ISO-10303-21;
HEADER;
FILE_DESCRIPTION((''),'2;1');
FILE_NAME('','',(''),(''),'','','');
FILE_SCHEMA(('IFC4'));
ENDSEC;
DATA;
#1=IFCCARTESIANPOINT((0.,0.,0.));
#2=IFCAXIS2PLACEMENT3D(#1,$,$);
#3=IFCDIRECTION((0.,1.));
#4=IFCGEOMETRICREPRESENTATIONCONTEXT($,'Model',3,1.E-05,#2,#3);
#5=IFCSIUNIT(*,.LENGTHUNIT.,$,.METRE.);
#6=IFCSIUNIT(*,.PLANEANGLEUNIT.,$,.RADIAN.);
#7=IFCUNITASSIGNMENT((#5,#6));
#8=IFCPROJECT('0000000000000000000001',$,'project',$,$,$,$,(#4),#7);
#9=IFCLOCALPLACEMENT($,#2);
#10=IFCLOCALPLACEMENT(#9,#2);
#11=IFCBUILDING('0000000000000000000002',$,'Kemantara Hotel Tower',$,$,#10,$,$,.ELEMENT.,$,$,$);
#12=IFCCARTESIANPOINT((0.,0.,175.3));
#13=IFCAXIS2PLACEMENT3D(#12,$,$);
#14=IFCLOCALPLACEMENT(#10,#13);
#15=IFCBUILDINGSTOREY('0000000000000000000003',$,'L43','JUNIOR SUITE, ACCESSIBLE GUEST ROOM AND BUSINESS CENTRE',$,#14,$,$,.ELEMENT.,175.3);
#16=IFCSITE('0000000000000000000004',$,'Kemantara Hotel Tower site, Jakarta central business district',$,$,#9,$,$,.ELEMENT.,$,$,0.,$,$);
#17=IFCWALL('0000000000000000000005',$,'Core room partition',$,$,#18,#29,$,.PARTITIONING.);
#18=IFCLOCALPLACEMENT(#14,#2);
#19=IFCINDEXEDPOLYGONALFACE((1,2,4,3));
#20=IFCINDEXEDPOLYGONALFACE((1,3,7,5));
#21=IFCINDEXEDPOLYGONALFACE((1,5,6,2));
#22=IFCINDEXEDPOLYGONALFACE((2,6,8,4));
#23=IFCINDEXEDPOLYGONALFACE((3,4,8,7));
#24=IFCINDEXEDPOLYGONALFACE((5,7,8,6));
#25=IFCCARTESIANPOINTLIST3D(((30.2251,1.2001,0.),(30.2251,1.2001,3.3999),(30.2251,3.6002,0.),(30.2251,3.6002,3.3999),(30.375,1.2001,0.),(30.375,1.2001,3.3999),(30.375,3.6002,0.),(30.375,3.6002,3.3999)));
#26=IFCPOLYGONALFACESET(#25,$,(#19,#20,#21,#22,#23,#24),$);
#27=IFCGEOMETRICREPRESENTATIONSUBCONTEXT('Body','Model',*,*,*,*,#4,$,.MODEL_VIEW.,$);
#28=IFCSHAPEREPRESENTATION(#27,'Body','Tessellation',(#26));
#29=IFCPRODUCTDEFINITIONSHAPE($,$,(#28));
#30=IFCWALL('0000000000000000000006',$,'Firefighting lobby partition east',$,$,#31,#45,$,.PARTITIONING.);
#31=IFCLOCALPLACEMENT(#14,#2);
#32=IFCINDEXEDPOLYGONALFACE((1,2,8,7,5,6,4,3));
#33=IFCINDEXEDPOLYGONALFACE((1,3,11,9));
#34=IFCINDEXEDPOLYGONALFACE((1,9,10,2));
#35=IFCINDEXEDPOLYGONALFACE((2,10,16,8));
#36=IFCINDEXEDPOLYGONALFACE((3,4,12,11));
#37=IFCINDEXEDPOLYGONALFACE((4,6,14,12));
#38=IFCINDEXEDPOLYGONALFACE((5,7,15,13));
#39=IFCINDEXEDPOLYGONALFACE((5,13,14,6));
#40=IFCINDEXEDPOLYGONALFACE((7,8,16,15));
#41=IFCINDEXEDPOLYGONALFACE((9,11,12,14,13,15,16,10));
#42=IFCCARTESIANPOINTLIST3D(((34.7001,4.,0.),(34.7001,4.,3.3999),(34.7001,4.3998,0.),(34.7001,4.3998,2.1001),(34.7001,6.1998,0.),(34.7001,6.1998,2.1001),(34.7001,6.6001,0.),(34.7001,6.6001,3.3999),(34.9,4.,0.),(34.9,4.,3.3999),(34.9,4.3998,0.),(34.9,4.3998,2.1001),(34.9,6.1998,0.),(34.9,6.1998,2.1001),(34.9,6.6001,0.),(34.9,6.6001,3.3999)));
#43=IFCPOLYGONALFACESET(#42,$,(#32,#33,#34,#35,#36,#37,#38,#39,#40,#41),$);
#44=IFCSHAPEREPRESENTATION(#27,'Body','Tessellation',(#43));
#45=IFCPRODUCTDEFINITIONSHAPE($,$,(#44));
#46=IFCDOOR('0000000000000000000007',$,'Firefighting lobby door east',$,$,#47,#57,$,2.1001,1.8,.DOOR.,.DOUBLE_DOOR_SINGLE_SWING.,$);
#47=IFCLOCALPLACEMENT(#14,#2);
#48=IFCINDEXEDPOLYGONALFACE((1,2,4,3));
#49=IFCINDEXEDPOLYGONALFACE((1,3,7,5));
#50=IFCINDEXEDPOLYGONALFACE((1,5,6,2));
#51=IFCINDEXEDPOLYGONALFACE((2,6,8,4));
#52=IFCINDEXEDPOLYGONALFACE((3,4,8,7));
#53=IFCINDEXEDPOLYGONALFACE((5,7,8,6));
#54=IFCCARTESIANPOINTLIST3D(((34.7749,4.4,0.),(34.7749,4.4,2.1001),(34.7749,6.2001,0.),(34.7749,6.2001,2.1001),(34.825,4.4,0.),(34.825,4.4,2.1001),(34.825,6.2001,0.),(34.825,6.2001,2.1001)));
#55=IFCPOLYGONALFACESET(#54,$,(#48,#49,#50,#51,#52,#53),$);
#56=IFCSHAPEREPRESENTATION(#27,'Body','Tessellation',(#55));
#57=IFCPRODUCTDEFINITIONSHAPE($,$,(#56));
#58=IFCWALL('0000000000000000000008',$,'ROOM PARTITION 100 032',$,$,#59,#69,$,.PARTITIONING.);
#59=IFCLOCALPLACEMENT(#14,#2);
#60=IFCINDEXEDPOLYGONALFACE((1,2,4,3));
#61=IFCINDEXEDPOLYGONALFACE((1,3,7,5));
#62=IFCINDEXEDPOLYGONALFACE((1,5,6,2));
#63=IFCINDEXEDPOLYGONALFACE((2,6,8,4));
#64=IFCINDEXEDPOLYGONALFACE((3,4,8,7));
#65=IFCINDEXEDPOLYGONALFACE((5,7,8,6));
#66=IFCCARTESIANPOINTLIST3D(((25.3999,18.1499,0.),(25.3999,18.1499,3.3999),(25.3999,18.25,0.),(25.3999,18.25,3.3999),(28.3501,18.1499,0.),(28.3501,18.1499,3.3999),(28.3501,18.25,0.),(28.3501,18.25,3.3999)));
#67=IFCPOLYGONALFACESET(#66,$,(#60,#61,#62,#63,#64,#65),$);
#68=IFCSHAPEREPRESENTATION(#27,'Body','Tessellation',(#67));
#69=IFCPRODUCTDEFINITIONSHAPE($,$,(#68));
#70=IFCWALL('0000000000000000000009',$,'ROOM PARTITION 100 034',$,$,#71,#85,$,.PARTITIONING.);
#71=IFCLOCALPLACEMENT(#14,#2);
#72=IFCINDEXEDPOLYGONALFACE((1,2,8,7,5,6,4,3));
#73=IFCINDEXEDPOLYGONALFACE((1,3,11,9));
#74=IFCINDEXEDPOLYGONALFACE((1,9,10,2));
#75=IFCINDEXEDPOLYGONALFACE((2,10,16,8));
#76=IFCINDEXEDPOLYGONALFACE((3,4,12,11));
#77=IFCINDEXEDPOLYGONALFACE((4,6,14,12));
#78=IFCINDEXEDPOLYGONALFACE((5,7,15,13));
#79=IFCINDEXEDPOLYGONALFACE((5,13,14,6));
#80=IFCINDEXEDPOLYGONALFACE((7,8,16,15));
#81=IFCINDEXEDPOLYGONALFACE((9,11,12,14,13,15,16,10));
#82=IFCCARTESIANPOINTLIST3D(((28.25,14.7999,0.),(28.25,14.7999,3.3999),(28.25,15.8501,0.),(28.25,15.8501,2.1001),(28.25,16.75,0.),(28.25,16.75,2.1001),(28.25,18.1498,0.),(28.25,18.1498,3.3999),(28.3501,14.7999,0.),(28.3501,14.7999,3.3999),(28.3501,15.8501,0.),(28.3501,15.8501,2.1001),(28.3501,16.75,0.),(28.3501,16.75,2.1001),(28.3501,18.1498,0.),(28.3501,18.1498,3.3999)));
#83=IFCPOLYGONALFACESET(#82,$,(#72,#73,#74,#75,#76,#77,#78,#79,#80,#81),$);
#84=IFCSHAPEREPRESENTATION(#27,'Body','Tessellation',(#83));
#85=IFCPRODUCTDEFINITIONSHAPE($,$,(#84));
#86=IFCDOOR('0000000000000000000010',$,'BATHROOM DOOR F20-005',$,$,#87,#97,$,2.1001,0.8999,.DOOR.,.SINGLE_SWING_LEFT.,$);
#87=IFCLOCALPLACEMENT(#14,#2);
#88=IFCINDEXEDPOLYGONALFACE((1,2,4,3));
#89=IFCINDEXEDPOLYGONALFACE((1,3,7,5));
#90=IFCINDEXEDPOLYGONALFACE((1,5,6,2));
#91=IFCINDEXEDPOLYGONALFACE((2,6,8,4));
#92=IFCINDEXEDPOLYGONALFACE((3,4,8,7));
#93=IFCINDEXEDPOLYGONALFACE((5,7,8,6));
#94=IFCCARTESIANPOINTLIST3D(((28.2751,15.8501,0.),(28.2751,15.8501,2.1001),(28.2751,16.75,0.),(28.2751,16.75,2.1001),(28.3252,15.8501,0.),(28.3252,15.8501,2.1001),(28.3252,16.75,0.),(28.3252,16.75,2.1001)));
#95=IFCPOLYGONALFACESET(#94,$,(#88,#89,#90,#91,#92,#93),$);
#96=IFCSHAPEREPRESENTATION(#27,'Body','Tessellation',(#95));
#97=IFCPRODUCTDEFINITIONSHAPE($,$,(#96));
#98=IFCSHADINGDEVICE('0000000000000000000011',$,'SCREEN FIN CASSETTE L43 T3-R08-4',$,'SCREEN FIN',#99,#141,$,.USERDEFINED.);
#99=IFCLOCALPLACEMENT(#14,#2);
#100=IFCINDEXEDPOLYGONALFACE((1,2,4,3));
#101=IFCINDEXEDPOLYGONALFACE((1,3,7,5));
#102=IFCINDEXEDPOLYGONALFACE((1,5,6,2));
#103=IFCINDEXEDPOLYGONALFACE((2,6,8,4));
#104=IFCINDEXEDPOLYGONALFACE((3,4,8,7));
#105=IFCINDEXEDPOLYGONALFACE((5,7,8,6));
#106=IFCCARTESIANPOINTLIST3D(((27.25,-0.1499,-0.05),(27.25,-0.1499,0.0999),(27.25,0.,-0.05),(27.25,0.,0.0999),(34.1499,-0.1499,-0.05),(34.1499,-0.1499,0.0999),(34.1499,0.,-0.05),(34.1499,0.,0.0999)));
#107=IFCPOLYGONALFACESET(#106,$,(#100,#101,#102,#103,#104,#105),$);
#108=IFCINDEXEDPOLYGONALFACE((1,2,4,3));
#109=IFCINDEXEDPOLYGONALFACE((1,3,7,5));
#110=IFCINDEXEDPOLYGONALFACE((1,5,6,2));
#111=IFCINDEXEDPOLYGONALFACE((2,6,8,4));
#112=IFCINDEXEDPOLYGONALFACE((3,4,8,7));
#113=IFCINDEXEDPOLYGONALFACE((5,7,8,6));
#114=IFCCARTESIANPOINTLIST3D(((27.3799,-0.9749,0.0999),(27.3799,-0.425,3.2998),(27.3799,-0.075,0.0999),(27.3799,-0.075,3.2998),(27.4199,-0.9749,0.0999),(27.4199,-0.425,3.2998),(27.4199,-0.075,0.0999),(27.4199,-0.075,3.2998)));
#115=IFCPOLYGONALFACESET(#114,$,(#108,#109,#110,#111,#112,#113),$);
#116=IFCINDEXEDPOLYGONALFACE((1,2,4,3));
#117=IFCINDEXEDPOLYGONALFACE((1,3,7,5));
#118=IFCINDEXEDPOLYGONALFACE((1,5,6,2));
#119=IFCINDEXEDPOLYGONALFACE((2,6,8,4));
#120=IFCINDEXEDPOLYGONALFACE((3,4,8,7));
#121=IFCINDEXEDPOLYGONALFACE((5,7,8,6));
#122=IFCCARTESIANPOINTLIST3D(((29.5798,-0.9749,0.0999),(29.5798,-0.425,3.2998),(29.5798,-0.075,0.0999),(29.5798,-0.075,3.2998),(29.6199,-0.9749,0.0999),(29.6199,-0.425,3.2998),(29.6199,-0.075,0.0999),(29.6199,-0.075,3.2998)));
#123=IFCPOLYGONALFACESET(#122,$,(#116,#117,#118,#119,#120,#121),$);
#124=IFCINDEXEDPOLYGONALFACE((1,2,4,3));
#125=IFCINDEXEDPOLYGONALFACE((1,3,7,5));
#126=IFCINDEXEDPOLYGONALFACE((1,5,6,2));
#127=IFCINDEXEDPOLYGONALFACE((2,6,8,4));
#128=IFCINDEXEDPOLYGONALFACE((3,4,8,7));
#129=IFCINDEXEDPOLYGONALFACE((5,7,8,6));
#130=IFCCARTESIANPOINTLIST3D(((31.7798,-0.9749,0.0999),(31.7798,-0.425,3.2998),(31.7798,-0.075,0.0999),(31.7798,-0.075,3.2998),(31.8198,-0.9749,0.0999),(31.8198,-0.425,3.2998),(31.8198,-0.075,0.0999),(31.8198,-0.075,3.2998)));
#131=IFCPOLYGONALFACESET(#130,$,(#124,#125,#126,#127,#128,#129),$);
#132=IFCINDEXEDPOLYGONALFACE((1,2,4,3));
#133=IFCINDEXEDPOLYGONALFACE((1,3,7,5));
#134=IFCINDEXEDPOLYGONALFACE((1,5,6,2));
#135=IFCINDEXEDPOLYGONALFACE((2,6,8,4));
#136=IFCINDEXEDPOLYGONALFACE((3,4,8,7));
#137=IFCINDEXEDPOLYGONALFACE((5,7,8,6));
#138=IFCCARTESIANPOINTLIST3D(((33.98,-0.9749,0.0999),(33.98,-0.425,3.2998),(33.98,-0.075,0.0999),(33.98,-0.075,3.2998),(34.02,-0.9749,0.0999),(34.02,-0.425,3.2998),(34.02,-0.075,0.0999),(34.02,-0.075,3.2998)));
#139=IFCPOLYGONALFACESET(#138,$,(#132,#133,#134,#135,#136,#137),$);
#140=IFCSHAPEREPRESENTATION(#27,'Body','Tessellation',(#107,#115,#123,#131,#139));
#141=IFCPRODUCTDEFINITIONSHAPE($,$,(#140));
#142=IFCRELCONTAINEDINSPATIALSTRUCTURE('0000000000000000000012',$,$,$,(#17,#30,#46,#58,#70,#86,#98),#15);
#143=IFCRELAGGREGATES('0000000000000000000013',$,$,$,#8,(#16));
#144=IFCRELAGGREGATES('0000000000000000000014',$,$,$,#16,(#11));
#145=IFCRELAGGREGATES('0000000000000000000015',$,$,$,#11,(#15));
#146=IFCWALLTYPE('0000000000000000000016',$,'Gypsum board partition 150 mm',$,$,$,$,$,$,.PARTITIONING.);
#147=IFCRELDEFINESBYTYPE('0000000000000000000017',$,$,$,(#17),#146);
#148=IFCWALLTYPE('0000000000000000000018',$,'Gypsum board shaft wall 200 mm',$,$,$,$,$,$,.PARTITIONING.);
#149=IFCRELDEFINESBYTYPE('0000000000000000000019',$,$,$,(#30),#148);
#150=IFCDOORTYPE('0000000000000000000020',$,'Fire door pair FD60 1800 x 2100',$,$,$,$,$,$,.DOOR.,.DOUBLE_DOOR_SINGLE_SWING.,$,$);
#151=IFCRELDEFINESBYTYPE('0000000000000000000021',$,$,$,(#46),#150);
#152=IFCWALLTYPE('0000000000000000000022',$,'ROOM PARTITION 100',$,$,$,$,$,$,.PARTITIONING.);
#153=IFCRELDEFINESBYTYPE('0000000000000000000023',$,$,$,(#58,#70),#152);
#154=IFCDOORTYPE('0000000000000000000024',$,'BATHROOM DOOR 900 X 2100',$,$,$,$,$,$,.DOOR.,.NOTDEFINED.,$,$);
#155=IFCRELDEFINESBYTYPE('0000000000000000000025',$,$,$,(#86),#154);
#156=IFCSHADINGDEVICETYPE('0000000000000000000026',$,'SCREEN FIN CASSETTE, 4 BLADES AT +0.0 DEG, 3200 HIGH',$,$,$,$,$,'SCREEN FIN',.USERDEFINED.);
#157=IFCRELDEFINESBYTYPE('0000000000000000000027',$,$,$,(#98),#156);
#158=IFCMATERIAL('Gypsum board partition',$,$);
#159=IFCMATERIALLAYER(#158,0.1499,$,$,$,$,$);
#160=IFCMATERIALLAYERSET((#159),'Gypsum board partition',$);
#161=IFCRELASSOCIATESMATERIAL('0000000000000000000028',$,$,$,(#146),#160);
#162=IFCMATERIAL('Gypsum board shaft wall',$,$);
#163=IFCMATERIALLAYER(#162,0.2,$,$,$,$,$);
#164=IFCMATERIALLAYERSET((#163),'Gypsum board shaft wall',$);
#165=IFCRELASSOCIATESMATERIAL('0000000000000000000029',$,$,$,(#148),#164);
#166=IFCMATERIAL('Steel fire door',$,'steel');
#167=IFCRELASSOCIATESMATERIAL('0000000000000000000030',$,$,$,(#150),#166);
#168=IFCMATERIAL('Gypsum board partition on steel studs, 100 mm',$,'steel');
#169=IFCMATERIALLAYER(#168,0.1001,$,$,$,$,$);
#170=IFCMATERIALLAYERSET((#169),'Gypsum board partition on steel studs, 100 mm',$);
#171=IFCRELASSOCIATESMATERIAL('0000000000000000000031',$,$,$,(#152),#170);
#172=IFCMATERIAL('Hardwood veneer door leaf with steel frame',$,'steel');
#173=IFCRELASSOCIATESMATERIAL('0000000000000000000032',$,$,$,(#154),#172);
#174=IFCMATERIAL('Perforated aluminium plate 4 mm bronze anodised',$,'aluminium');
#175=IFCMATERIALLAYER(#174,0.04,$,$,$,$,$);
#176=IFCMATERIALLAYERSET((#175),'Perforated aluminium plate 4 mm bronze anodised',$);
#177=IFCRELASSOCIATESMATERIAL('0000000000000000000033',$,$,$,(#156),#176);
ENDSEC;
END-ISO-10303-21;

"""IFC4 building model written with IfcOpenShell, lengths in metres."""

from ifc_helpers import new_model, si_unit, direction, frame, frame_2d, origin, origin_2d, place, context, subcontext, project, spatial, polyline, rectangle, outline, extrude, source, transform, mapped, material, layer, layer_set, type_object, element, fill, save


model = new_model("IFC4")

# Units and contexts
model_context = context("Model", 3, precision=1e-05, world=origin(), true_north=direction((0.0, 1.0)))
body_context = subcontext(model_context, "Body", "Model", "MODEL_VIEW")
ifc_project = project(units=[si_unit("LENGTHUNIT", "METRE"), si_unit("PLANEANGLEUNIT", "RADIAN")], contexts=[model_context])

# Site, building, storey
site_placement = place(None, origin())
site = spatial("IfcSite", under=ifc_project, at=site_placement, Name="Kemantara Hotel Tower site, Jakarta central business district", CompositionType="ELEMENT", RefElevation=0.0)
building_placement = place(site_placement, origin())
building = spatial("IfcBuilding", under=site, at=building_placement, Name="Kemantara Hotel Tower", CompositionType="ELEMENT")
storey_placement = place(building_placement, frame((0.0, 0.0, 175.3)))
storey = spatial("IfcBuildingStorey", under=building, at=storey_placement, Name="L43", Description="JUNIOR SUITE, ACCESSIBLE GUEST ROOM AND BUSINESS CENTRE", CompositionType="ELEMENT", Elevation=175.3)

# Shared definitions
ifc_material_1 = material(Name="Steel fire door", Category="steel")
ifc_material_2 = material(Name="Hardwood veneer door leaf with steel frame", Category="steel")

# Wall
ifc_material_3 = material(Name="Gypsum board partition")
ifc_layer_1 = layer(ifc_material_3, 0.1499)
ifc_layer_set_1 = layer_set([ifc_layer_1], Name="Gypsum board partition")
wall_type_1 = type_object("IfcWallType", Name="Gypsum board partition 150 mm", PredefinedType="PARTITIONING", material=ifc_layer_set_1)
wall_1_placement = place(storey_placement, frame((30.3, 1.2, 0.0), z_axis=(0.0, 0.0, 1.0), x_axis=(0.0, 1.0, 0.0)))
element("IfcWall", 1, at=wall_1_placement, inside=storey, type_object=wall_type_1, Name="Core room partition", PredefinedType="PARTITIONING", context=body_context, shape_type="SweptSolid", body=[
    extrude(rectangle(XDim=2.4001, YDim=0.1499, at=frame_2d((1.2002, 0.0))), origin(), (0.0, 0.0, 1.0), 3.3999),
])

# Wall, opening, door
ifc_material_4 = material(Name="Gypsum board shaft wall")
ifc_layer_2 = layer(ifc_material_4, 0.2)
ifc_layer_set_2 = layer_set([ifc_layer_2], Name="Gypsum board shaft wall")
wall_type_2 = type_object("IfcWallType", Name="Gypsum board shaft wall 200 mm", PredefinedType="PARTITIONING", material=ifc_layer_set_2)
wall_2_placement = place(storey_placement, frame((34.8, 4.0, 0.0), z_axis=(0.0, 0.0, 1.0), x_axis=(0.0, 1.0, 0.0)))
wall_2 = element("IfcWall", 2, at=wall_2_placement, inside=storey, type_object=wall_type_2, Name="Firefighting lobby partition east", PredefinedType="PARTITIONING", context=body_context, shape_type="SweptSolid", body=[
    extrude(rectangle(XDim=2.6001, YDim=0.2, at=frame_2d((1.3, 0.0))), origin(), (0.0, 0.0, 1.0), 3.3999),
])
opening_1_placement = place(wall_2_placement, frame((0.3999, 0.0, 0.0)))
opening_1 = element("IfcOpeningElement", 3, at=opening_1_placement, cuts=wall_2, PredefinedType="OPENING", context=body_context, shape_type="SweptSolid", body=[
    extrude(rectangle(XDim=1.8, YDim=2.1001, at=frame_2d((0.8999, 1.05))), frame((0.0, 0.1099, 0.0), z_axis=(0.0, -1.0, 0.0), x_axis=(1.0, 0.0, 0.0)), (0.0, 0.0, 1.0), 0.22),
])
door_type_1 = type_object("IfcDoorType", Name="Fire door pair FD60 1800 x 2100", OperationType="DOUBLE_DOOR_SINGLE_SWING", PredefinedType="DOOR", material=ifc_material_1)
door_1_placement = place(opening_1_placement, frame((1.8, 0.0, 0.0), z_axis=(0.0, 0.0, 1.0), x_axis=(-1.0, 0.0, 0.0)))
door_1 = element("IfcDoor", 4, at=door_1_placement, inside=storey, type_object=door_type_1, Name="Firefighting lobby door east", OperationType="DOUBLE_DOOR_SINGLE_SWING", OverallHeight=2.1001, OverallWidth=1.8, PredefinedType="DOOR", context=body_context, shape_type="SweptSolid", body=[
    extrude(rectangle(XDim=1.8, YDim=2.1001, at=frame_2d((0.8999, 1.05))), frame((0.0, 0.0249, 0.0), z_axis=(0.0, -1.0, 0.0), x_axis=(1.0, 0.0, 0.0)), (0.0, 0.0, 1.0), 0.05),
])
fill(opening_1, door_1)

# Wall
ifc_material_5 = material(Name="Gypsum board partition on steel studs, 100 mm", Category="steel")
ifc_layer_3 = layer(ifc_material_5, 0.1001)
ifc_layer_set_3 = layer_set([ifc_layer_3], Name="Gypsum board partition on steel studs, 100 mm")
wall_type_3 = type_object("IfcWallType", Name="ROOM PARTITION 100", PredefinedType="PARTITIONING", material=ifc_layer_set_3)
wall_3_placement = place(storey_placement, frame((25.3999, 18.2, 0.0), z_axis=(0.0, 0.0, 1.0), x_axis=(1.0, 0.0, 0.0)))
element("IfcWall", 5, at=wall_3_placement, inside=storey, type_object=wall_type_3, Name="ROOM PARTITION 100 032", PredefinedType="PARTITIONING", context=body_context, shape_type="SweptSolid", body=[
    extrude(rectangle(XDim=2.9502, YDim=0.1001, at=frame_2d((1.4751, 0.0))), origin(), (0.0, 0.0, 1.0), 3.3999),
])

# Wall, opening, door
wall_4_placement = place(storey_placement, frame((28.3, 14.8, 0.0), z_axis=(0.0, 0.0, 1.0), x_axis=(0.0, 1.0, 0.0)))
wall_4 = element("IfcWall", 6, at=wall_4_placement, inside=storey, type_object=wall_type_3, Name="ROOM PARTITION 100 034", PredefinedType="PARTITIONING", context=body_context, shape_type="SweptSolid", body=[
    extrude(rectangle(XDim=3.3499, YDim=0.1001, at=frame_2d((1.6748, 0.0))), origin(), (0.0, 0.0, 1.0), 3.3999),
])
opening_2_placement = place(wall_4_placement, frame((1.05, 0.0, 0.0)))
opening_2 = element("IfcOpeningElement", 7, at=opening_2_placement, cuts=wall_4, PredefinedType="OPENING", context=body_context, shape_type="SweptSolid", body=[
    extrude(rectangle(XDim=0.8999, YDim=2.1001, at=frame_2d((0.45, 1.05))), frame((0.0, 0.0601, 0.0), z_axis=(0.0, -1.0, 0.0), x_axis=(1.0, 0.0, 0.0)), (0.0, 0.0, 1.0), 0.1201),
])
door_type_2 = type_object("IfcDoorType", Name="BATHROOM DOOR 900 X 2100", OperationType="NOTDEFINED", PredefinedType="DOOR", material=ifc_material_2)
door_2_placement = place(opening_2_placement, origin())
door_2 = element("IfcDoor", 8, at=door_2_placement, inside=storey, type_object=door_type_2, Name="BATHROOM DOOR F20-005", OperationType="SINGLE_SWING_LEFT", OverallHeight=2.1001, OverallWidth=0.8999, PredefinedType="DOOR", context=body_context, shape_type="SweptSolid", body=[
    extrude(rectangle(XDim=0.8999, YDim=2.1001, at=frame_2d((0.45, 1.05))), frame((0.0, 0.0249, 0.0), z_axis=(0.0, -1.0, 0.0), x_axis=(1.0, 0.0, 0.0)), (0.0, 0.0, 1.0), 0.05),
])
fill(opening_2, door_2)

# Shading device
ifc_material_6 = material(Name="Perforated aluminium plate 4 mm bronze anodised", Category="aluminium")
ifc_layer_4 = layer(ifc_material_6, 0.04)
ifc_layer_set_4 = layer_set([ifc_layer_4], Name="Perforated aluminium plate 4 mm bronze anodised")
shading_device_type_1 = type_object("IfcShadingDeviceType", Name="SCREEN FIN CASSETTE, 4 BLADES AT +0.0 DEG, 3200 HIGH", ElementType="SCREEN FIN", PredefinedType="USERDEFINED", material=ifc_layer_set_4)
shared_shape_1 = source(origin(), body_context, "Body", "SweptSolid", [
    extrude(rectangle(XDim=6.8999, YDim=0.1499, at=origin_2d()), frame((3.3, -0.075, -0.1499), z_axis=(0.0, 0.0, 1.0), x_axis=(1.0, 0.0, 0.0)), (0.0, 0.0, 1.0), 0.1499),
    extrude(outline(polyline([(0.0, 0.0), (0.8999, 0.0), (0.3501, 3.2), (0.0, 3.2), (0.0, 0.0)])), frame((0.02, -0.075, 0.0), z_axis=(-1.0, 0.0, 0.0), x_axis=(0.0, -1.0, 0.0)), (0.0, 0.0, 1.0), 0.04),
    extrude(outline(polyline([(0.0, 0.0), (0.8999, 0.0), (0.3501, 3.2), (0.0, 3.2), (0.0, 0.0)])), frame((2.22, -0.075, 0.0), z_axis=(-1.0, 0.0, 0.0), x_axis=(0.0, -1.0, 0.0)), (0.0, 0.0, 1.0), 0.04),
    extrude(outline(polyline([(0.0, 0.0), (0.8999, 0.0), (0.3501, 3.2), (0.0, 3.2), (0.0, 0.0)])), frame((4.4199, -0.075, 0.0), z_axis=(-1.0, 0.0, 0.0), x_axis=(0.0, -1.0, 0.0)), (0.0, 0.0, 1.0), 0.04),
    extrude(outline(polyline([(0.0, 0.0), (0.8999, 0.0), (0.3501, 3.2), (0.0, 3.2), (0.0, 0.0)])), frame((6.6201, -0.075, 0.0), z_axis=(-1.0, 0.0, 0.0), x_axis=(0.0, -1.0, 0.0)), (0.0, 0.0, 1.0), 0.04),
])
shading_device_1_placement = place(storey_placement, frame((27.3999, 0.0, 0.0999), z_axis=(0.0, 0.0, 1.0), x_axis=(1.0, 0.0, 0.0)))
element("IfcShadingDevice", 9, at=shading_device_1_placement, inside=storey, type_object=shading_device_type_1, Name="SCREEN FIN CASSETTE L43 T3-R08-4", ObjectType="SCREEN FIN", PredefinedType="USERDEFINED", context=body_context, shape_type="MappedRepresentation", body=[
    mapped(shared_shape_1, transform((0.0, 0.0, 0.0))),
])

save(model, "model.ifc")
